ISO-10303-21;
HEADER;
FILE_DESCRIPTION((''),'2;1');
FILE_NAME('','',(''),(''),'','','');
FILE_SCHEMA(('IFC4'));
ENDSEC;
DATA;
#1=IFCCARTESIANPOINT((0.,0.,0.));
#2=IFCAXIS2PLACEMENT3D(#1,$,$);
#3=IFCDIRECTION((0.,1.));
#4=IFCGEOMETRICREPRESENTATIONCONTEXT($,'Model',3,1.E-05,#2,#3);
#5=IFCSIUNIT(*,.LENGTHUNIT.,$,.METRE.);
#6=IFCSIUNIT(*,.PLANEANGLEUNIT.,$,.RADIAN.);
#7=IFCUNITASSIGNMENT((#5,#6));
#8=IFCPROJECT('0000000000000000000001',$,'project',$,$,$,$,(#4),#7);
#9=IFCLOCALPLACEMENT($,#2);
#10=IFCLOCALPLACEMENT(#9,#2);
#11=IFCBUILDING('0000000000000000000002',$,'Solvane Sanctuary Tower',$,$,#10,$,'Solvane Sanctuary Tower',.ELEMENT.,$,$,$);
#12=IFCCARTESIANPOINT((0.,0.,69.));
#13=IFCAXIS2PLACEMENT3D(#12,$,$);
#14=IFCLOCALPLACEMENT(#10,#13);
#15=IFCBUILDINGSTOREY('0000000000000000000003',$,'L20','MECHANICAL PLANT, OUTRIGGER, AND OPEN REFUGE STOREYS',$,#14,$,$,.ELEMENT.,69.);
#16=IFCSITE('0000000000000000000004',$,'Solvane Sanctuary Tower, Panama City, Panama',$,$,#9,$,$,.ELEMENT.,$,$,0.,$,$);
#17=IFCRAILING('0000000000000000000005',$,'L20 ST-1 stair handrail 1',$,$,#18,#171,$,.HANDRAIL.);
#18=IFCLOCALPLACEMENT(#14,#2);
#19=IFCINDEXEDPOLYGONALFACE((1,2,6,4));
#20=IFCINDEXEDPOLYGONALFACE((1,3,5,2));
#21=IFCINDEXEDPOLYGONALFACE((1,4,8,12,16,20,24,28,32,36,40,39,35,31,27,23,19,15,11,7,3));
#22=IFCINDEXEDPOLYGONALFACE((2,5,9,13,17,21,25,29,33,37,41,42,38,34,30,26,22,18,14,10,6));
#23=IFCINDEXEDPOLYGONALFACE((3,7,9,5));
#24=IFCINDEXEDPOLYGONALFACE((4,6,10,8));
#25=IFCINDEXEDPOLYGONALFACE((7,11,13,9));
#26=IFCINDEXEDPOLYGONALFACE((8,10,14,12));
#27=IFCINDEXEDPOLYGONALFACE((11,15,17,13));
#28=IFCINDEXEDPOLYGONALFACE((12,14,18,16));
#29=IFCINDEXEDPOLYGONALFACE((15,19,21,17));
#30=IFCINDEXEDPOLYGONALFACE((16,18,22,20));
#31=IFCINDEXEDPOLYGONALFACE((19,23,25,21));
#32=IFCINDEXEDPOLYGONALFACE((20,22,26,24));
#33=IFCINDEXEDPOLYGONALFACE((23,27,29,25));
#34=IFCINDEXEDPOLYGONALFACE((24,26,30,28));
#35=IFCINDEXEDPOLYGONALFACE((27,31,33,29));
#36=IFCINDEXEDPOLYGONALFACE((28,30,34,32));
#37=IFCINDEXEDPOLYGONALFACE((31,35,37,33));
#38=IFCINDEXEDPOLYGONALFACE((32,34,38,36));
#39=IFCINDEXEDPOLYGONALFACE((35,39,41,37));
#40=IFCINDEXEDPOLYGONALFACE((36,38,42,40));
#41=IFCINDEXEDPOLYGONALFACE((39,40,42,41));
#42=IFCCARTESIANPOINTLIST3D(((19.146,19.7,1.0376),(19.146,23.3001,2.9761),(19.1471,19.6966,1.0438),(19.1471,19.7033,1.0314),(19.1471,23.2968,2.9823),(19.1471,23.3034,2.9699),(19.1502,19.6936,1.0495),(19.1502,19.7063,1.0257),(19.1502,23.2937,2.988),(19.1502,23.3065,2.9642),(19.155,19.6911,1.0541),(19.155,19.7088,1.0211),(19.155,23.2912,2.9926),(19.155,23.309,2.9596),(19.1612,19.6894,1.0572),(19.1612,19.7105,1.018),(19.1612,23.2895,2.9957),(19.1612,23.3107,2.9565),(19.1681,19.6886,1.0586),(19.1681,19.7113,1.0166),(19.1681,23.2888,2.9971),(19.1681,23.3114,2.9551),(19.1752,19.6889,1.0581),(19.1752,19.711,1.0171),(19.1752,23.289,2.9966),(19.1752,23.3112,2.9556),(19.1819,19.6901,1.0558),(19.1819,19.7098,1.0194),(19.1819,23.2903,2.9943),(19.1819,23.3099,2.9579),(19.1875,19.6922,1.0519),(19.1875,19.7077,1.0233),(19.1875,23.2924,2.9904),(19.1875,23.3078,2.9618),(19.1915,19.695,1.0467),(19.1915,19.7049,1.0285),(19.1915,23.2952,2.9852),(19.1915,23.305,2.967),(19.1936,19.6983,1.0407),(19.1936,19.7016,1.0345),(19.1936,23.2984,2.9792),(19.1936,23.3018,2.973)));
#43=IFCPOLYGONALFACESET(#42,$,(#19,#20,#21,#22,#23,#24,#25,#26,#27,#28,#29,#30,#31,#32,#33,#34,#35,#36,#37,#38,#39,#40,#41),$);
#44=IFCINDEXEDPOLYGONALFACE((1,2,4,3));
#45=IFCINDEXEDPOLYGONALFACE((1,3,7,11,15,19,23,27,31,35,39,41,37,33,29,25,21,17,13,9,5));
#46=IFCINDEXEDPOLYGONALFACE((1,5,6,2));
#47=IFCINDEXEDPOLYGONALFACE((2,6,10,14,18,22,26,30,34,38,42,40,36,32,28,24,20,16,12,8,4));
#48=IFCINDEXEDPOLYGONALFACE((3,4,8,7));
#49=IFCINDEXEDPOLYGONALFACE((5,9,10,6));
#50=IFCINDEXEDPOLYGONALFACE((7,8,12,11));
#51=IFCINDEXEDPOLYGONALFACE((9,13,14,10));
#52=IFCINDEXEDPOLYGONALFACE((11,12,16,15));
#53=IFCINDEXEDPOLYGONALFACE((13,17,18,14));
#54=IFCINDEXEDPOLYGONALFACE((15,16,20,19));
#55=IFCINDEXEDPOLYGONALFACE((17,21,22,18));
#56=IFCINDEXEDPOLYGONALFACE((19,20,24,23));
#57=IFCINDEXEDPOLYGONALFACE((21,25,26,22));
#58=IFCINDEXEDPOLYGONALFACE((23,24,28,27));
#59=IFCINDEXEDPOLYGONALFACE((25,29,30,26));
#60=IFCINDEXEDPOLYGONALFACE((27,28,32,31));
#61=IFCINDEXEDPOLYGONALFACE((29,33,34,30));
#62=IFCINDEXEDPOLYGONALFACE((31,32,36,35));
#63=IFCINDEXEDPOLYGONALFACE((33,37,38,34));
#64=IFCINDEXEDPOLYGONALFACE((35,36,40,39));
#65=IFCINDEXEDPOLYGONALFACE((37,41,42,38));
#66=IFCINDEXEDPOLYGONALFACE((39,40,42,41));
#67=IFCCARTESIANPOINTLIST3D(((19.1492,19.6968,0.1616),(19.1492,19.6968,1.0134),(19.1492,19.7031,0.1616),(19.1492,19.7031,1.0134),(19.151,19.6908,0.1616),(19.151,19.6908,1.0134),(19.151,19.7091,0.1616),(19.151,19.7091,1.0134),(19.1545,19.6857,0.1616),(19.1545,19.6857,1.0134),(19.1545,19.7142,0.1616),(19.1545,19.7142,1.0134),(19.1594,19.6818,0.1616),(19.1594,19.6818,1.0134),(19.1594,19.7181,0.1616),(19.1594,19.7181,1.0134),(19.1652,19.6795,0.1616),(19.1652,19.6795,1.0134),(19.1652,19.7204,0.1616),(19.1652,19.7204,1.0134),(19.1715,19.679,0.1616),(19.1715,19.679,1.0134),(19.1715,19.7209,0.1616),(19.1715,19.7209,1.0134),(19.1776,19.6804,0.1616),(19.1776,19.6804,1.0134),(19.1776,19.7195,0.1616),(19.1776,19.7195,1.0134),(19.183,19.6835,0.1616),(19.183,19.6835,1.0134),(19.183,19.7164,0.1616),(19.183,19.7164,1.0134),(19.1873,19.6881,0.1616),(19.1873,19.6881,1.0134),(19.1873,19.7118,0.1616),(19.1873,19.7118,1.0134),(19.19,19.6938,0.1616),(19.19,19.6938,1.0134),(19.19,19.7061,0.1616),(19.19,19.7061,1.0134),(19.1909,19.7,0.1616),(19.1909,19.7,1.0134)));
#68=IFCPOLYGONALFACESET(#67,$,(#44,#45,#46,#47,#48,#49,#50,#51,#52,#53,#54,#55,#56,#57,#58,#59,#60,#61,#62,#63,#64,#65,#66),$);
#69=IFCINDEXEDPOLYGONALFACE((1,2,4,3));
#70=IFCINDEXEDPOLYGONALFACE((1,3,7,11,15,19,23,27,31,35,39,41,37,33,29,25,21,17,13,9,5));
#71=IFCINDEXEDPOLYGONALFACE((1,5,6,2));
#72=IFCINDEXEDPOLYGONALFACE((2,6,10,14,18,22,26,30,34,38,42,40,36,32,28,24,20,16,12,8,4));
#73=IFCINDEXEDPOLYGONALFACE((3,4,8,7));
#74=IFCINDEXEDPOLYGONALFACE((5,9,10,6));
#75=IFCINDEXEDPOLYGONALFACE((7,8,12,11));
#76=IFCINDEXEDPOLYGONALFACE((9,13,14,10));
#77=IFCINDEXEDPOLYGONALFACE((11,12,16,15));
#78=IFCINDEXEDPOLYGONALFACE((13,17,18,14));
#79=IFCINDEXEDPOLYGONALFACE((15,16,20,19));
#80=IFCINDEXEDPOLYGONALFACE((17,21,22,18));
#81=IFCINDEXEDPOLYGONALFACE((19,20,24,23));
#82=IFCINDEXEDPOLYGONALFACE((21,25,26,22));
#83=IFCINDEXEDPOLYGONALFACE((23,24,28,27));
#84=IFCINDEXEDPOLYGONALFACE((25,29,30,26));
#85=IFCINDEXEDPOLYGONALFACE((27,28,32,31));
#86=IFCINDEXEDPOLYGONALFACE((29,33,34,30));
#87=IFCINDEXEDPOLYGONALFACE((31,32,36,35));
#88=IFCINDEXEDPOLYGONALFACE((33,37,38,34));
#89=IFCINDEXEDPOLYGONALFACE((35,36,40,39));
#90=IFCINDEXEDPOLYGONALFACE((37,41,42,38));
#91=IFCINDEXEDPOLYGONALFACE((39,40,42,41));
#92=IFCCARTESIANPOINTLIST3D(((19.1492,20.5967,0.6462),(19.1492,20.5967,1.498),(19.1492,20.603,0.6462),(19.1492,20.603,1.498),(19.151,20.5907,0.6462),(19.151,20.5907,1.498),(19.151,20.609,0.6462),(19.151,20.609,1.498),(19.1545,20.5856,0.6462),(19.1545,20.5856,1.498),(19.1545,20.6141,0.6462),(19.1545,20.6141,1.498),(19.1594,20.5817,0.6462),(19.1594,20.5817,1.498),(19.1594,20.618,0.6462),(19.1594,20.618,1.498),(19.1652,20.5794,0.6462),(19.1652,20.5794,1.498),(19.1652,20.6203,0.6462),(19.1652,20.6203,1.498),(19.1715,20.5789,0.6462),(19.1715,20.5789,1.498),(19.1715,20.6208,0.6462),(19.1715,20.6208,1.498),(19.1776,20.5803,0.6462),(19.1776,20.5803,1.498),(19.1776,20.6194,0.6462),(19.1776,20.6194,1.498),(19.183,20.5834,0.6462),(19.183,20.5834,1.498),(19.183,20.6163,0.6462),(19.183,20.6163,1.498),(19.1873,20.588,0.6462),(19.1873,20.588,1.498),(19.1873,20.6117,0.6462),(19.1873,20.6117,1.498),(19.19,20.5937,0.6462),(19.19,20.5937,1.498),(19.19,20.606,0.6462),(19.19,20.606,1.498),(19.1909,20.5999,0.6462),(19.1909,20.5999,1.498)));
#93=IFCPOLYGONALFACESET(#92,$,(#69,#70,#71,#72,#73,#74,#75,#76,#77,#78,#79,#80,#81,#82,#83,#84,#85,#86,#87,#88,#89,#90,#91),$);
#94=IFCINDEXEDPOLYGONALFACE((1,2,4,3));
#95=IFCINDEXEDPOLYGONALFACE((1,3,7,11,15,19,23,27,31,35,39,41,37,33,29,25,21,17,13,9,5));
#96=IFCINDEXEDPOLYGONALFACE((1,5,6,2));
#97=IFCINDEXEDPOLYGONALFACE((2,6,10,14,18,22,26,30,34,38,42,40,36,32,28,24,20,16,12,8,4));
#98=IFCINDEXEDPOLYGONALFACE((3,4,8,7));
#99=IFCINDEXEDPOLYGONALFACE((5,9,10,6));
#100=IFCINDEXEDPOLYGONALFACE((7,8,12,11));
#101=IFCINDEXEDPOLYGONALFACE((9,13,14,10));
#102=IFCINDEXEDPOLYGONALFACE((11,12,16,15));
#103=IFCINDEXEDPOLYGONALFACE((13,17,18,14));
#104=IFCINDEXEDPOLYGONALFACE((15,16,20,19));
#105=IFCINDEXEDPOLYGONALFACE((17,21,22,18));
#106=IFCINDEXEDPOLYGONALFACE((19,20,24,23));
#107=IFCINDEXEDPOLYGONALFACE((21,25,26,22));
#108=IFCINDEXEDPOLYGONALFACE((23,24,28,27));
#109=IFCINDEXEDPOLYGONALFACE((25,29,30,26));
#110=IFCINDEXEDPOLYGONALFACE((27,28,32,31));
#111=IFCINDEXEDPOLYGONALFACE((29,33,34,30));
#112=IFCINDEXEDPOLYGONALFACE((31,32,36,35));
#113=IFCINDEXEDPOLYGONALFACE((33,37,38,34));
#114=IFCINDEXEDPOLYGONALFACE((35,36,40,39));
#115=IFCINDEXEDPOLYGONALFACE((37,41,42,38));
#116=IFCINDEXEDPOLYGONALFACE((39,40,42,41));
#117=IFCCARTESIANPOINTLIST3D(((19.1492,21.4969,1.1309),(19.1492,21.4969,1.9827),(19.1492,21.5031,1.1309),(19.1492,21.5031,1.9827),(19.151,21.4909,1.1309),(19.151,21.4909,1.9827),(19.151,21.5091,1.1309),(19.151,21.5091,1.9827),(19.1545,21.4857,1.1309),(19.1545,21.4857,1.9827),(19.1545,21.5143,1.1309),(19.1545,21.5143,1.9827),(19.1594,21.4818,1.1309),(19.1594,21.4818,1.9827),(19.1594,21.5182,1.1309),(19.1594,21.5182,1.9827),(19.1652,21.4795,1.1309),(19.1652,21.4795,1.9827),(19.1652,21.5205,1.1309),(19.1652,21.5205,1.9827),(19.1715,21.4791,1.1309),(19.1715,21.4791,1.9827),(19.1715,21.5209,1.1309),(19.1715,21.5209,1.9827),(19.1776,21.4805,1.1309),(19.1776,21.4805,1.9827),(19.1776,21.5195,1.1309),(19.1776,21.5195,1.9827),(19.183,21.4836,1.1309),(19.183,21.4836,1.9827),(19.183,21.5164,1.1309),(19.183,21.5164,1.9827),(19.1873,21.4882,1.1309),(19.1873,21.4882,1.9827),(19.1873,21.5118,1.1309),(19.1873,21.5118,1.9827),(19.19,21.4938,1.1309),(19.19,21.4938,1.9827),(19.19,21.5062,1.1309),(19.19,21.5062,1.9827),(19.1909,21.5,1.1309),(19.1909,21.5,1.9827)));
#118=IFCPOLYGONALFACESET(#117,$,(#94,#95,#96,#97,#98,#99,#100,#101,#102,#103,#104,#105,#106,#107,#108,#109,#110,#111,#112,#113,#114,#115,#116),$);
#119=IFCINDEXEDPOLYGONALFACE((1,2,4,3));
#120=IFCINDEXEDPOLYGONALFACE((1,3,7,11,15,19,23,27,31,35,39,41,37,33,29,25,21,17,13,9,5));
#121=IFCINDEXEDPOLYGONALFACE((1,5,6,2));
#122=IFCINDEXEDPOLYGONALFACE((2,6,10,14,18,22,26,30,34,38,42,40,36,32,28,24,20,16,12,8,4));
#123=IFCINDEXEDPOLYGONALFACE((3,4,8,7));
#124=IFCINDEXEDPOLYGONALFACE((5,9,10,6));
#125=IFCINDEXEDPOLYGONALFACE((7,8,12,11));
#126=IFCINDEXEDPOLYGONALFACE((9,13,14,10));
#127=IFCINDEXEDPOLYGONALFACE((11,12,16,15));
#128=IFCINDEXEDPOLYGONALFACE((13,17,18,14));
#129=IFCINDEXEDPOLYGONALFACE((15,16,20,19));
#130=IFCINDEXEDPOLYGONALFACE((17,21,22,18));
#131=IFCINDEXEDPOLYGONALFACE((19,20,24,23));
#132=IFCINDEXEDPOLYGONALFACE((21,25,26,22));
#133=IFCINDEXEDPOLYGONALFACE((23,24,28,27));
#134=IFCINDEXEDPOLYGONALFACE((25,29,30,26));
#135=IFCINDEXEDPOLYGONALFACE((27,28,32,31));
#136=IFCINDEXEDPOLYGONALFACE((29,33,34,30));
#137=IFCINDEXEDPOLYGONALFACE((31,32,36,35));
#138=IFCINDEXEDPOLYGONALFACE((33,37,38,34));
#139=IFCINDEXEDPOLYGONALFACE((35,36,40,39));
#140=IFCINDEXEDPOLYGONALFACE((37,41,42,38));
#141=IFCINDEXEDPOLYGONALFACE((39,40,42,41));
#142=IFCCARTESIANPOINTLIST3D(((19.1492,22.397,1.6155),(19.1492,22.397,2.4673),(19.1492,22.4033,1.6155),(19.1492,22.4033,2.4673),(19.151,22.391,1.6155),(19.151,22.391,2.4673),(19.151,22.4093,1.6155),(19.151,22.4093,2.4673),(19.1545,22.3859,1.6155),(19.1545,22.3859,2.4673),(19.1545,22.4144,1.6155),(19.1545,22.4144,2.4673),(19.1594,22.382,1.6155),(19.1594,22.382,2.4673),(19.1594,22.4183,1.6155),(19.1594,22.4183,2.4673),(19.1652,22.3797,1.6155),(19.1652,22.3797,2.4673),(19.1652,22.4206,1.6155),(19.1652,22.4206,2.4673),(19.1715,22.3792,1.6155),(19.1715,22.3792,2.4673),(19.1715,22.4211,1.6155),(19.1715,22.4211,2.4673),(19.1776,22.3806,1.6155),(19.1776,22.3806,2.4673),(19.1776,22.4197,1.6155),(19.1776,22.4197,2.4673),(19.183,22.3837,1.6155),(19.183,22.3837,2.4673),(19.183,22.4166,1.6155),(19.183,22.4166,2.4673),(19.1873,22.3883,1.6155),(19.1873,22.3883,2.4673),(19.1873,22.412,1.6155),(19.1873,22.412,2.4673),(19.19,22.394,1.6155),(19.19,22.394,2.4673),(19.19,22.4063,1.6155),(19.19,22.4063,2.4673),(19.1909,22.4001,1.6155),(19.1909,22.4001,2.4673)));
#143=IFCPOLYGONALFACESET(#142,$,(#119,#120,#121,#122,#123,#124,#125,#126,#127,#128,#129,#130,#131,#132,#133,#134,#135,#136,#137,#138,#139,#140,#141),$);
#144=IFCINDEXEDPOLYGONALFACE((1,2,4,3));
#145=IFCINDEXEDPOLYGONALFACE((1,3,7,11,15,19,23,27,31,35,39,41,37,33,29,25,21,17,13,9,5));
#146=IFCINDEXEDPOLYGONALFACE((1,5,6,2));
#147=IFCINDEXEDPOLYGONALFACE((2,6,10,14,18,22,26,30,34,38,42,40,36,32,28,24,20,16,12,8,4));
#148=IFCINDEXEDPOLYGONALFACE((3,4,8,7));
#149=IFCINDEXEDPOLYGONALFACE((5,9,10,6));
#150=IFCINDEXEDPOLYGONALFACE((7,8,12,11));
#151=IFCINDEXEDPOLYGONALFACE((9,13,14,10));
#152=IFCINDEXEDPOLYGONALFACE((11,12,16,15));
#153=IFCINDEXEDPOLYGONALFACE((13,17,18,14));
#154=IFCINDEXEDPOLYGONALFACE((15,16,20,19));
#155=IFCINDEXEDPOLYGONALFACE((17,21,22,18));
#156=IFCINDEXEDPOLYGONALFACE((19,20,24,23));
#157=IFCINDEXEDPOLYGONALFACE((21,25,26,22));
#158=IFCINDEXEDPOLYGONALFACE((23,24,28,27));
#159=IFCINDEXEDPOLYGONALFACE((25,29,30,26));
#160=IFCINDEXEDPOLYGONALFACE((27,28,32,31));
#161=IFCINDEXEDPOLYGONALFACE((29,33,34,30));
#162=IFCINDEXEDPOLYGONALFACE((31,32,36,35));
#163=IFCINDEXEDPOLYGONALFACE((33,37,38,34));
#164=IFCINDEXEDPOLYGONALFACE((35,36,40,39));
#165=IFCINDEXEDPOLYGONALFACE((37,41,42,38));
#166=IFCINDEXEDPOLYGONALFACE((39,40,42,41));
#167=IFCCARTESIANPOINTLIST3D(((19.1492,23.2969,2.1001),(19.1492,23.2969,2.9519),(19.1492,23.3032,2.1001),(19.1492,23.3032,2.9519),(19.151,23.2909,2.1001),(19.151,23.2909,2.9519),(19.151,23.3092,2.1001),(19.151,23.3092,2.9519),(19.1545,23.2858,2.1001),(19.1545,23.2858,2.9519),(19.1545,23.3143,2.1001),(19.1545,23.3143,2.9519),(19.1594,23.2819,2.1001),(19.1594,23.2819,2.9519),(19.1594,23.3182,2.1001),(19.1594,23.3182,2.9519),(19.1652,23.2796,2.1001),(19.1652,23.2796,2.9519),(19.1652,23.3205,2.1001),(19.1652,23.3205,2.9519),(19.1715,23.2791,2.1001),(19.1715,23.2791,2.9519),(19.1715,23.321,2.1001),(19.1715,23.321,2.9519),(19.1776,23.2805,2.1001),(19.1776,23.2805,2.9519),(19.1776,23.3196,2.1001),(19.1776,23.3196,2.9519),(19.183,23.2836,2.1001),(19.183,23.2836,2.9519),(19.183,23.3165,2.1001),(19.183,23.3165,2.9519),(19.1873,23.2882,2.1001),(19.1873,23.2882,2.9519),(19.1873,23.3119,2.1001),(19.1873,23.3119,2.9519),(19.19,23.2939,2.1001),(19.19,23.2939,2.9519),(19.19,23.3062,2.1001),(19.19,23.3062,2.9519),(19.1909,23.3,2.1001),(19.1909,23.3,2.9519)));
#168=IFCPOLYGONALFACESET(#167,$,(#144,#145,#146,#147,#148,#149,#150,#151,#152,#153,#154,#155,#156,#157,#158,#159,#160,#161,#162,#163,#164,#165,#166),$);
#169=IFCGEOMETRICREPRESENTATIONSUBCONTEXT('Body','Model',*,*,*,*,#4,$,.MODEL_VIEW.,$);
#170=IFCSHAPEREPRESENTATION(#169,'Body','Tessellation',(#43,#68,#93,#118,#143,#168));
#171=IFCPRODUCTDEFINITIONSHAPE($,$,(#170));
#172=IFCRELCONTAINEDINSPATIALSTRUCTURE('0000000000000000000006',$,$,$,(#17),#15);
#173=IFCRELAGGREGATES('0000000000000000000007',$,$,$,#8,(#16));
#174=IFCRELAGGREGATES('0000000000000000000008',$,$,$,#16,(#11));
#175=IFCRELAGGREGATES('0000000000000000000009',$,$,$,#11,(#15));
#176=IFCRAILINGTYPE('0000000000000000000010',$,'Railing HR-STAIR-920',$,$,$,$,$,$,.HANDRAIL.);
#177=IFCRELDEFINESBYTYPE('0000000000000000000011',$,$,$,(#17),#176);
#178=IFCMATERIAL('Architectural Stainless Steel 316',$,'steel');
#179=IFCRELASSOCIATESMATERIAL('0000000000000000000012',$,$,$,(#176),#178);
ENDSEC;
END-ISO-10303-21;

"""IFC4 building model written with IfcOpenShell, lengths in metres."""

from ifc_helpers import new_model, si_unit, direction, frame, origin, origin_2d, place, context, subcontext, project, spatial, circle, extrude, material, type_object, element, save


model = new_model("IFC4")

# Units and contexts
model_context = context("Model", 3, precision=1e-05, world=origin(), true_north=direction((0.0, 1.0)))
body_context = subcontext(model_context, "Body", "Model", "MODEL_VIEW")
ifc_project = project(units=[si_unit("LENGTHUNIT", "METRE"), si_unit("PLANEANGLEUNIT", "RADIAN")], contexts=[model_context])

# Site, building, storey
site_placement = place(None, origin())
site = spatial("IfcSite", under=ifc_project, at=site_placement, Name="Solvane Sanctuary Tower, Panama City, Panama", CompositionType="ELEMENT", RefElevation=0.0)
building_placement = place(site_placement, origin())
building = spatial("IfcBuilding", under=site, at=building_placement, Name="Solvane Sanctuary Tower", LongName="Solvane Sanctuary Tower", CompositionType="ELEMENT")
storey_placement = place(building_placement, frame((0.0, 0.0, 69.0)))
storey = spatial("IfcBuildingStorey", under=building, at=storey_placement, Name="L20", Description="MECHANICAL PLANT, OUTRIGGER, AND OPEN REFUGE STOREYS", CompositionType="ELEMENT", Elevation=69.0)

# Shared definitions
ifc_material_1 = material(Name="Architectural Stainless Steel 316", Category="steel")

# Railing
railing_type_1 = type_object("IfcRailingType", Name="Railing HR-STAIR-920", PredefinedType="HANDRAIL", material=ifc_material_1)
for number, where, name in (
    (1, (19.1699, 19.7, 0.1616), "L20 ST-1 stair handrail 1"),
):
    element("IfcRailing", number, at=place(storey_placement, frame(where)), inside=storey, type_object=railing_type_1, Name=name, PredefinedType="HANDRAIL", context=body_context, shape_type="SweptSolid", body=[
        extrude(circle(Radius=0.0239, at=origin_2d()), frame((0.0, 0.0, 0.876), z_axis=(0.0, 0.880475, 0.474093), x_axis=(-1.0, 0.0, 0.0)), (0.0, 0.0, 1.0), 4.0889),
        extrude(circle(Radius=0.021, at=origin_2d()), origin(), (0.0, 0.0, 1.0), 0.8518),
        extrude(circle(Radius=0.021, at=origin_2d()), frame((0.0, 0.8999, 0.4846)), (0.0, 0.0, 1.0), 0.8518),
        extrude(circle(Radius=0.021, at=origin_2d()), frame((0.0, 1.8, 0.9692)), (0.0, 0.0, 1.0), 0.8518),
        extrude(circle(Radius=0.021, at=origin_2d()), frame((0.0, 2.7002, 1.4539)), (0.0, 0.0, 1.0), 0.8518),
        extrude(circle(Radius=0.021, at=origin_2d()), frame((0.0, 3.6001, 1.9385)), (0.0, 0.0, 1.0), 0.8518),
    ])

save(model, "model.ifc")
